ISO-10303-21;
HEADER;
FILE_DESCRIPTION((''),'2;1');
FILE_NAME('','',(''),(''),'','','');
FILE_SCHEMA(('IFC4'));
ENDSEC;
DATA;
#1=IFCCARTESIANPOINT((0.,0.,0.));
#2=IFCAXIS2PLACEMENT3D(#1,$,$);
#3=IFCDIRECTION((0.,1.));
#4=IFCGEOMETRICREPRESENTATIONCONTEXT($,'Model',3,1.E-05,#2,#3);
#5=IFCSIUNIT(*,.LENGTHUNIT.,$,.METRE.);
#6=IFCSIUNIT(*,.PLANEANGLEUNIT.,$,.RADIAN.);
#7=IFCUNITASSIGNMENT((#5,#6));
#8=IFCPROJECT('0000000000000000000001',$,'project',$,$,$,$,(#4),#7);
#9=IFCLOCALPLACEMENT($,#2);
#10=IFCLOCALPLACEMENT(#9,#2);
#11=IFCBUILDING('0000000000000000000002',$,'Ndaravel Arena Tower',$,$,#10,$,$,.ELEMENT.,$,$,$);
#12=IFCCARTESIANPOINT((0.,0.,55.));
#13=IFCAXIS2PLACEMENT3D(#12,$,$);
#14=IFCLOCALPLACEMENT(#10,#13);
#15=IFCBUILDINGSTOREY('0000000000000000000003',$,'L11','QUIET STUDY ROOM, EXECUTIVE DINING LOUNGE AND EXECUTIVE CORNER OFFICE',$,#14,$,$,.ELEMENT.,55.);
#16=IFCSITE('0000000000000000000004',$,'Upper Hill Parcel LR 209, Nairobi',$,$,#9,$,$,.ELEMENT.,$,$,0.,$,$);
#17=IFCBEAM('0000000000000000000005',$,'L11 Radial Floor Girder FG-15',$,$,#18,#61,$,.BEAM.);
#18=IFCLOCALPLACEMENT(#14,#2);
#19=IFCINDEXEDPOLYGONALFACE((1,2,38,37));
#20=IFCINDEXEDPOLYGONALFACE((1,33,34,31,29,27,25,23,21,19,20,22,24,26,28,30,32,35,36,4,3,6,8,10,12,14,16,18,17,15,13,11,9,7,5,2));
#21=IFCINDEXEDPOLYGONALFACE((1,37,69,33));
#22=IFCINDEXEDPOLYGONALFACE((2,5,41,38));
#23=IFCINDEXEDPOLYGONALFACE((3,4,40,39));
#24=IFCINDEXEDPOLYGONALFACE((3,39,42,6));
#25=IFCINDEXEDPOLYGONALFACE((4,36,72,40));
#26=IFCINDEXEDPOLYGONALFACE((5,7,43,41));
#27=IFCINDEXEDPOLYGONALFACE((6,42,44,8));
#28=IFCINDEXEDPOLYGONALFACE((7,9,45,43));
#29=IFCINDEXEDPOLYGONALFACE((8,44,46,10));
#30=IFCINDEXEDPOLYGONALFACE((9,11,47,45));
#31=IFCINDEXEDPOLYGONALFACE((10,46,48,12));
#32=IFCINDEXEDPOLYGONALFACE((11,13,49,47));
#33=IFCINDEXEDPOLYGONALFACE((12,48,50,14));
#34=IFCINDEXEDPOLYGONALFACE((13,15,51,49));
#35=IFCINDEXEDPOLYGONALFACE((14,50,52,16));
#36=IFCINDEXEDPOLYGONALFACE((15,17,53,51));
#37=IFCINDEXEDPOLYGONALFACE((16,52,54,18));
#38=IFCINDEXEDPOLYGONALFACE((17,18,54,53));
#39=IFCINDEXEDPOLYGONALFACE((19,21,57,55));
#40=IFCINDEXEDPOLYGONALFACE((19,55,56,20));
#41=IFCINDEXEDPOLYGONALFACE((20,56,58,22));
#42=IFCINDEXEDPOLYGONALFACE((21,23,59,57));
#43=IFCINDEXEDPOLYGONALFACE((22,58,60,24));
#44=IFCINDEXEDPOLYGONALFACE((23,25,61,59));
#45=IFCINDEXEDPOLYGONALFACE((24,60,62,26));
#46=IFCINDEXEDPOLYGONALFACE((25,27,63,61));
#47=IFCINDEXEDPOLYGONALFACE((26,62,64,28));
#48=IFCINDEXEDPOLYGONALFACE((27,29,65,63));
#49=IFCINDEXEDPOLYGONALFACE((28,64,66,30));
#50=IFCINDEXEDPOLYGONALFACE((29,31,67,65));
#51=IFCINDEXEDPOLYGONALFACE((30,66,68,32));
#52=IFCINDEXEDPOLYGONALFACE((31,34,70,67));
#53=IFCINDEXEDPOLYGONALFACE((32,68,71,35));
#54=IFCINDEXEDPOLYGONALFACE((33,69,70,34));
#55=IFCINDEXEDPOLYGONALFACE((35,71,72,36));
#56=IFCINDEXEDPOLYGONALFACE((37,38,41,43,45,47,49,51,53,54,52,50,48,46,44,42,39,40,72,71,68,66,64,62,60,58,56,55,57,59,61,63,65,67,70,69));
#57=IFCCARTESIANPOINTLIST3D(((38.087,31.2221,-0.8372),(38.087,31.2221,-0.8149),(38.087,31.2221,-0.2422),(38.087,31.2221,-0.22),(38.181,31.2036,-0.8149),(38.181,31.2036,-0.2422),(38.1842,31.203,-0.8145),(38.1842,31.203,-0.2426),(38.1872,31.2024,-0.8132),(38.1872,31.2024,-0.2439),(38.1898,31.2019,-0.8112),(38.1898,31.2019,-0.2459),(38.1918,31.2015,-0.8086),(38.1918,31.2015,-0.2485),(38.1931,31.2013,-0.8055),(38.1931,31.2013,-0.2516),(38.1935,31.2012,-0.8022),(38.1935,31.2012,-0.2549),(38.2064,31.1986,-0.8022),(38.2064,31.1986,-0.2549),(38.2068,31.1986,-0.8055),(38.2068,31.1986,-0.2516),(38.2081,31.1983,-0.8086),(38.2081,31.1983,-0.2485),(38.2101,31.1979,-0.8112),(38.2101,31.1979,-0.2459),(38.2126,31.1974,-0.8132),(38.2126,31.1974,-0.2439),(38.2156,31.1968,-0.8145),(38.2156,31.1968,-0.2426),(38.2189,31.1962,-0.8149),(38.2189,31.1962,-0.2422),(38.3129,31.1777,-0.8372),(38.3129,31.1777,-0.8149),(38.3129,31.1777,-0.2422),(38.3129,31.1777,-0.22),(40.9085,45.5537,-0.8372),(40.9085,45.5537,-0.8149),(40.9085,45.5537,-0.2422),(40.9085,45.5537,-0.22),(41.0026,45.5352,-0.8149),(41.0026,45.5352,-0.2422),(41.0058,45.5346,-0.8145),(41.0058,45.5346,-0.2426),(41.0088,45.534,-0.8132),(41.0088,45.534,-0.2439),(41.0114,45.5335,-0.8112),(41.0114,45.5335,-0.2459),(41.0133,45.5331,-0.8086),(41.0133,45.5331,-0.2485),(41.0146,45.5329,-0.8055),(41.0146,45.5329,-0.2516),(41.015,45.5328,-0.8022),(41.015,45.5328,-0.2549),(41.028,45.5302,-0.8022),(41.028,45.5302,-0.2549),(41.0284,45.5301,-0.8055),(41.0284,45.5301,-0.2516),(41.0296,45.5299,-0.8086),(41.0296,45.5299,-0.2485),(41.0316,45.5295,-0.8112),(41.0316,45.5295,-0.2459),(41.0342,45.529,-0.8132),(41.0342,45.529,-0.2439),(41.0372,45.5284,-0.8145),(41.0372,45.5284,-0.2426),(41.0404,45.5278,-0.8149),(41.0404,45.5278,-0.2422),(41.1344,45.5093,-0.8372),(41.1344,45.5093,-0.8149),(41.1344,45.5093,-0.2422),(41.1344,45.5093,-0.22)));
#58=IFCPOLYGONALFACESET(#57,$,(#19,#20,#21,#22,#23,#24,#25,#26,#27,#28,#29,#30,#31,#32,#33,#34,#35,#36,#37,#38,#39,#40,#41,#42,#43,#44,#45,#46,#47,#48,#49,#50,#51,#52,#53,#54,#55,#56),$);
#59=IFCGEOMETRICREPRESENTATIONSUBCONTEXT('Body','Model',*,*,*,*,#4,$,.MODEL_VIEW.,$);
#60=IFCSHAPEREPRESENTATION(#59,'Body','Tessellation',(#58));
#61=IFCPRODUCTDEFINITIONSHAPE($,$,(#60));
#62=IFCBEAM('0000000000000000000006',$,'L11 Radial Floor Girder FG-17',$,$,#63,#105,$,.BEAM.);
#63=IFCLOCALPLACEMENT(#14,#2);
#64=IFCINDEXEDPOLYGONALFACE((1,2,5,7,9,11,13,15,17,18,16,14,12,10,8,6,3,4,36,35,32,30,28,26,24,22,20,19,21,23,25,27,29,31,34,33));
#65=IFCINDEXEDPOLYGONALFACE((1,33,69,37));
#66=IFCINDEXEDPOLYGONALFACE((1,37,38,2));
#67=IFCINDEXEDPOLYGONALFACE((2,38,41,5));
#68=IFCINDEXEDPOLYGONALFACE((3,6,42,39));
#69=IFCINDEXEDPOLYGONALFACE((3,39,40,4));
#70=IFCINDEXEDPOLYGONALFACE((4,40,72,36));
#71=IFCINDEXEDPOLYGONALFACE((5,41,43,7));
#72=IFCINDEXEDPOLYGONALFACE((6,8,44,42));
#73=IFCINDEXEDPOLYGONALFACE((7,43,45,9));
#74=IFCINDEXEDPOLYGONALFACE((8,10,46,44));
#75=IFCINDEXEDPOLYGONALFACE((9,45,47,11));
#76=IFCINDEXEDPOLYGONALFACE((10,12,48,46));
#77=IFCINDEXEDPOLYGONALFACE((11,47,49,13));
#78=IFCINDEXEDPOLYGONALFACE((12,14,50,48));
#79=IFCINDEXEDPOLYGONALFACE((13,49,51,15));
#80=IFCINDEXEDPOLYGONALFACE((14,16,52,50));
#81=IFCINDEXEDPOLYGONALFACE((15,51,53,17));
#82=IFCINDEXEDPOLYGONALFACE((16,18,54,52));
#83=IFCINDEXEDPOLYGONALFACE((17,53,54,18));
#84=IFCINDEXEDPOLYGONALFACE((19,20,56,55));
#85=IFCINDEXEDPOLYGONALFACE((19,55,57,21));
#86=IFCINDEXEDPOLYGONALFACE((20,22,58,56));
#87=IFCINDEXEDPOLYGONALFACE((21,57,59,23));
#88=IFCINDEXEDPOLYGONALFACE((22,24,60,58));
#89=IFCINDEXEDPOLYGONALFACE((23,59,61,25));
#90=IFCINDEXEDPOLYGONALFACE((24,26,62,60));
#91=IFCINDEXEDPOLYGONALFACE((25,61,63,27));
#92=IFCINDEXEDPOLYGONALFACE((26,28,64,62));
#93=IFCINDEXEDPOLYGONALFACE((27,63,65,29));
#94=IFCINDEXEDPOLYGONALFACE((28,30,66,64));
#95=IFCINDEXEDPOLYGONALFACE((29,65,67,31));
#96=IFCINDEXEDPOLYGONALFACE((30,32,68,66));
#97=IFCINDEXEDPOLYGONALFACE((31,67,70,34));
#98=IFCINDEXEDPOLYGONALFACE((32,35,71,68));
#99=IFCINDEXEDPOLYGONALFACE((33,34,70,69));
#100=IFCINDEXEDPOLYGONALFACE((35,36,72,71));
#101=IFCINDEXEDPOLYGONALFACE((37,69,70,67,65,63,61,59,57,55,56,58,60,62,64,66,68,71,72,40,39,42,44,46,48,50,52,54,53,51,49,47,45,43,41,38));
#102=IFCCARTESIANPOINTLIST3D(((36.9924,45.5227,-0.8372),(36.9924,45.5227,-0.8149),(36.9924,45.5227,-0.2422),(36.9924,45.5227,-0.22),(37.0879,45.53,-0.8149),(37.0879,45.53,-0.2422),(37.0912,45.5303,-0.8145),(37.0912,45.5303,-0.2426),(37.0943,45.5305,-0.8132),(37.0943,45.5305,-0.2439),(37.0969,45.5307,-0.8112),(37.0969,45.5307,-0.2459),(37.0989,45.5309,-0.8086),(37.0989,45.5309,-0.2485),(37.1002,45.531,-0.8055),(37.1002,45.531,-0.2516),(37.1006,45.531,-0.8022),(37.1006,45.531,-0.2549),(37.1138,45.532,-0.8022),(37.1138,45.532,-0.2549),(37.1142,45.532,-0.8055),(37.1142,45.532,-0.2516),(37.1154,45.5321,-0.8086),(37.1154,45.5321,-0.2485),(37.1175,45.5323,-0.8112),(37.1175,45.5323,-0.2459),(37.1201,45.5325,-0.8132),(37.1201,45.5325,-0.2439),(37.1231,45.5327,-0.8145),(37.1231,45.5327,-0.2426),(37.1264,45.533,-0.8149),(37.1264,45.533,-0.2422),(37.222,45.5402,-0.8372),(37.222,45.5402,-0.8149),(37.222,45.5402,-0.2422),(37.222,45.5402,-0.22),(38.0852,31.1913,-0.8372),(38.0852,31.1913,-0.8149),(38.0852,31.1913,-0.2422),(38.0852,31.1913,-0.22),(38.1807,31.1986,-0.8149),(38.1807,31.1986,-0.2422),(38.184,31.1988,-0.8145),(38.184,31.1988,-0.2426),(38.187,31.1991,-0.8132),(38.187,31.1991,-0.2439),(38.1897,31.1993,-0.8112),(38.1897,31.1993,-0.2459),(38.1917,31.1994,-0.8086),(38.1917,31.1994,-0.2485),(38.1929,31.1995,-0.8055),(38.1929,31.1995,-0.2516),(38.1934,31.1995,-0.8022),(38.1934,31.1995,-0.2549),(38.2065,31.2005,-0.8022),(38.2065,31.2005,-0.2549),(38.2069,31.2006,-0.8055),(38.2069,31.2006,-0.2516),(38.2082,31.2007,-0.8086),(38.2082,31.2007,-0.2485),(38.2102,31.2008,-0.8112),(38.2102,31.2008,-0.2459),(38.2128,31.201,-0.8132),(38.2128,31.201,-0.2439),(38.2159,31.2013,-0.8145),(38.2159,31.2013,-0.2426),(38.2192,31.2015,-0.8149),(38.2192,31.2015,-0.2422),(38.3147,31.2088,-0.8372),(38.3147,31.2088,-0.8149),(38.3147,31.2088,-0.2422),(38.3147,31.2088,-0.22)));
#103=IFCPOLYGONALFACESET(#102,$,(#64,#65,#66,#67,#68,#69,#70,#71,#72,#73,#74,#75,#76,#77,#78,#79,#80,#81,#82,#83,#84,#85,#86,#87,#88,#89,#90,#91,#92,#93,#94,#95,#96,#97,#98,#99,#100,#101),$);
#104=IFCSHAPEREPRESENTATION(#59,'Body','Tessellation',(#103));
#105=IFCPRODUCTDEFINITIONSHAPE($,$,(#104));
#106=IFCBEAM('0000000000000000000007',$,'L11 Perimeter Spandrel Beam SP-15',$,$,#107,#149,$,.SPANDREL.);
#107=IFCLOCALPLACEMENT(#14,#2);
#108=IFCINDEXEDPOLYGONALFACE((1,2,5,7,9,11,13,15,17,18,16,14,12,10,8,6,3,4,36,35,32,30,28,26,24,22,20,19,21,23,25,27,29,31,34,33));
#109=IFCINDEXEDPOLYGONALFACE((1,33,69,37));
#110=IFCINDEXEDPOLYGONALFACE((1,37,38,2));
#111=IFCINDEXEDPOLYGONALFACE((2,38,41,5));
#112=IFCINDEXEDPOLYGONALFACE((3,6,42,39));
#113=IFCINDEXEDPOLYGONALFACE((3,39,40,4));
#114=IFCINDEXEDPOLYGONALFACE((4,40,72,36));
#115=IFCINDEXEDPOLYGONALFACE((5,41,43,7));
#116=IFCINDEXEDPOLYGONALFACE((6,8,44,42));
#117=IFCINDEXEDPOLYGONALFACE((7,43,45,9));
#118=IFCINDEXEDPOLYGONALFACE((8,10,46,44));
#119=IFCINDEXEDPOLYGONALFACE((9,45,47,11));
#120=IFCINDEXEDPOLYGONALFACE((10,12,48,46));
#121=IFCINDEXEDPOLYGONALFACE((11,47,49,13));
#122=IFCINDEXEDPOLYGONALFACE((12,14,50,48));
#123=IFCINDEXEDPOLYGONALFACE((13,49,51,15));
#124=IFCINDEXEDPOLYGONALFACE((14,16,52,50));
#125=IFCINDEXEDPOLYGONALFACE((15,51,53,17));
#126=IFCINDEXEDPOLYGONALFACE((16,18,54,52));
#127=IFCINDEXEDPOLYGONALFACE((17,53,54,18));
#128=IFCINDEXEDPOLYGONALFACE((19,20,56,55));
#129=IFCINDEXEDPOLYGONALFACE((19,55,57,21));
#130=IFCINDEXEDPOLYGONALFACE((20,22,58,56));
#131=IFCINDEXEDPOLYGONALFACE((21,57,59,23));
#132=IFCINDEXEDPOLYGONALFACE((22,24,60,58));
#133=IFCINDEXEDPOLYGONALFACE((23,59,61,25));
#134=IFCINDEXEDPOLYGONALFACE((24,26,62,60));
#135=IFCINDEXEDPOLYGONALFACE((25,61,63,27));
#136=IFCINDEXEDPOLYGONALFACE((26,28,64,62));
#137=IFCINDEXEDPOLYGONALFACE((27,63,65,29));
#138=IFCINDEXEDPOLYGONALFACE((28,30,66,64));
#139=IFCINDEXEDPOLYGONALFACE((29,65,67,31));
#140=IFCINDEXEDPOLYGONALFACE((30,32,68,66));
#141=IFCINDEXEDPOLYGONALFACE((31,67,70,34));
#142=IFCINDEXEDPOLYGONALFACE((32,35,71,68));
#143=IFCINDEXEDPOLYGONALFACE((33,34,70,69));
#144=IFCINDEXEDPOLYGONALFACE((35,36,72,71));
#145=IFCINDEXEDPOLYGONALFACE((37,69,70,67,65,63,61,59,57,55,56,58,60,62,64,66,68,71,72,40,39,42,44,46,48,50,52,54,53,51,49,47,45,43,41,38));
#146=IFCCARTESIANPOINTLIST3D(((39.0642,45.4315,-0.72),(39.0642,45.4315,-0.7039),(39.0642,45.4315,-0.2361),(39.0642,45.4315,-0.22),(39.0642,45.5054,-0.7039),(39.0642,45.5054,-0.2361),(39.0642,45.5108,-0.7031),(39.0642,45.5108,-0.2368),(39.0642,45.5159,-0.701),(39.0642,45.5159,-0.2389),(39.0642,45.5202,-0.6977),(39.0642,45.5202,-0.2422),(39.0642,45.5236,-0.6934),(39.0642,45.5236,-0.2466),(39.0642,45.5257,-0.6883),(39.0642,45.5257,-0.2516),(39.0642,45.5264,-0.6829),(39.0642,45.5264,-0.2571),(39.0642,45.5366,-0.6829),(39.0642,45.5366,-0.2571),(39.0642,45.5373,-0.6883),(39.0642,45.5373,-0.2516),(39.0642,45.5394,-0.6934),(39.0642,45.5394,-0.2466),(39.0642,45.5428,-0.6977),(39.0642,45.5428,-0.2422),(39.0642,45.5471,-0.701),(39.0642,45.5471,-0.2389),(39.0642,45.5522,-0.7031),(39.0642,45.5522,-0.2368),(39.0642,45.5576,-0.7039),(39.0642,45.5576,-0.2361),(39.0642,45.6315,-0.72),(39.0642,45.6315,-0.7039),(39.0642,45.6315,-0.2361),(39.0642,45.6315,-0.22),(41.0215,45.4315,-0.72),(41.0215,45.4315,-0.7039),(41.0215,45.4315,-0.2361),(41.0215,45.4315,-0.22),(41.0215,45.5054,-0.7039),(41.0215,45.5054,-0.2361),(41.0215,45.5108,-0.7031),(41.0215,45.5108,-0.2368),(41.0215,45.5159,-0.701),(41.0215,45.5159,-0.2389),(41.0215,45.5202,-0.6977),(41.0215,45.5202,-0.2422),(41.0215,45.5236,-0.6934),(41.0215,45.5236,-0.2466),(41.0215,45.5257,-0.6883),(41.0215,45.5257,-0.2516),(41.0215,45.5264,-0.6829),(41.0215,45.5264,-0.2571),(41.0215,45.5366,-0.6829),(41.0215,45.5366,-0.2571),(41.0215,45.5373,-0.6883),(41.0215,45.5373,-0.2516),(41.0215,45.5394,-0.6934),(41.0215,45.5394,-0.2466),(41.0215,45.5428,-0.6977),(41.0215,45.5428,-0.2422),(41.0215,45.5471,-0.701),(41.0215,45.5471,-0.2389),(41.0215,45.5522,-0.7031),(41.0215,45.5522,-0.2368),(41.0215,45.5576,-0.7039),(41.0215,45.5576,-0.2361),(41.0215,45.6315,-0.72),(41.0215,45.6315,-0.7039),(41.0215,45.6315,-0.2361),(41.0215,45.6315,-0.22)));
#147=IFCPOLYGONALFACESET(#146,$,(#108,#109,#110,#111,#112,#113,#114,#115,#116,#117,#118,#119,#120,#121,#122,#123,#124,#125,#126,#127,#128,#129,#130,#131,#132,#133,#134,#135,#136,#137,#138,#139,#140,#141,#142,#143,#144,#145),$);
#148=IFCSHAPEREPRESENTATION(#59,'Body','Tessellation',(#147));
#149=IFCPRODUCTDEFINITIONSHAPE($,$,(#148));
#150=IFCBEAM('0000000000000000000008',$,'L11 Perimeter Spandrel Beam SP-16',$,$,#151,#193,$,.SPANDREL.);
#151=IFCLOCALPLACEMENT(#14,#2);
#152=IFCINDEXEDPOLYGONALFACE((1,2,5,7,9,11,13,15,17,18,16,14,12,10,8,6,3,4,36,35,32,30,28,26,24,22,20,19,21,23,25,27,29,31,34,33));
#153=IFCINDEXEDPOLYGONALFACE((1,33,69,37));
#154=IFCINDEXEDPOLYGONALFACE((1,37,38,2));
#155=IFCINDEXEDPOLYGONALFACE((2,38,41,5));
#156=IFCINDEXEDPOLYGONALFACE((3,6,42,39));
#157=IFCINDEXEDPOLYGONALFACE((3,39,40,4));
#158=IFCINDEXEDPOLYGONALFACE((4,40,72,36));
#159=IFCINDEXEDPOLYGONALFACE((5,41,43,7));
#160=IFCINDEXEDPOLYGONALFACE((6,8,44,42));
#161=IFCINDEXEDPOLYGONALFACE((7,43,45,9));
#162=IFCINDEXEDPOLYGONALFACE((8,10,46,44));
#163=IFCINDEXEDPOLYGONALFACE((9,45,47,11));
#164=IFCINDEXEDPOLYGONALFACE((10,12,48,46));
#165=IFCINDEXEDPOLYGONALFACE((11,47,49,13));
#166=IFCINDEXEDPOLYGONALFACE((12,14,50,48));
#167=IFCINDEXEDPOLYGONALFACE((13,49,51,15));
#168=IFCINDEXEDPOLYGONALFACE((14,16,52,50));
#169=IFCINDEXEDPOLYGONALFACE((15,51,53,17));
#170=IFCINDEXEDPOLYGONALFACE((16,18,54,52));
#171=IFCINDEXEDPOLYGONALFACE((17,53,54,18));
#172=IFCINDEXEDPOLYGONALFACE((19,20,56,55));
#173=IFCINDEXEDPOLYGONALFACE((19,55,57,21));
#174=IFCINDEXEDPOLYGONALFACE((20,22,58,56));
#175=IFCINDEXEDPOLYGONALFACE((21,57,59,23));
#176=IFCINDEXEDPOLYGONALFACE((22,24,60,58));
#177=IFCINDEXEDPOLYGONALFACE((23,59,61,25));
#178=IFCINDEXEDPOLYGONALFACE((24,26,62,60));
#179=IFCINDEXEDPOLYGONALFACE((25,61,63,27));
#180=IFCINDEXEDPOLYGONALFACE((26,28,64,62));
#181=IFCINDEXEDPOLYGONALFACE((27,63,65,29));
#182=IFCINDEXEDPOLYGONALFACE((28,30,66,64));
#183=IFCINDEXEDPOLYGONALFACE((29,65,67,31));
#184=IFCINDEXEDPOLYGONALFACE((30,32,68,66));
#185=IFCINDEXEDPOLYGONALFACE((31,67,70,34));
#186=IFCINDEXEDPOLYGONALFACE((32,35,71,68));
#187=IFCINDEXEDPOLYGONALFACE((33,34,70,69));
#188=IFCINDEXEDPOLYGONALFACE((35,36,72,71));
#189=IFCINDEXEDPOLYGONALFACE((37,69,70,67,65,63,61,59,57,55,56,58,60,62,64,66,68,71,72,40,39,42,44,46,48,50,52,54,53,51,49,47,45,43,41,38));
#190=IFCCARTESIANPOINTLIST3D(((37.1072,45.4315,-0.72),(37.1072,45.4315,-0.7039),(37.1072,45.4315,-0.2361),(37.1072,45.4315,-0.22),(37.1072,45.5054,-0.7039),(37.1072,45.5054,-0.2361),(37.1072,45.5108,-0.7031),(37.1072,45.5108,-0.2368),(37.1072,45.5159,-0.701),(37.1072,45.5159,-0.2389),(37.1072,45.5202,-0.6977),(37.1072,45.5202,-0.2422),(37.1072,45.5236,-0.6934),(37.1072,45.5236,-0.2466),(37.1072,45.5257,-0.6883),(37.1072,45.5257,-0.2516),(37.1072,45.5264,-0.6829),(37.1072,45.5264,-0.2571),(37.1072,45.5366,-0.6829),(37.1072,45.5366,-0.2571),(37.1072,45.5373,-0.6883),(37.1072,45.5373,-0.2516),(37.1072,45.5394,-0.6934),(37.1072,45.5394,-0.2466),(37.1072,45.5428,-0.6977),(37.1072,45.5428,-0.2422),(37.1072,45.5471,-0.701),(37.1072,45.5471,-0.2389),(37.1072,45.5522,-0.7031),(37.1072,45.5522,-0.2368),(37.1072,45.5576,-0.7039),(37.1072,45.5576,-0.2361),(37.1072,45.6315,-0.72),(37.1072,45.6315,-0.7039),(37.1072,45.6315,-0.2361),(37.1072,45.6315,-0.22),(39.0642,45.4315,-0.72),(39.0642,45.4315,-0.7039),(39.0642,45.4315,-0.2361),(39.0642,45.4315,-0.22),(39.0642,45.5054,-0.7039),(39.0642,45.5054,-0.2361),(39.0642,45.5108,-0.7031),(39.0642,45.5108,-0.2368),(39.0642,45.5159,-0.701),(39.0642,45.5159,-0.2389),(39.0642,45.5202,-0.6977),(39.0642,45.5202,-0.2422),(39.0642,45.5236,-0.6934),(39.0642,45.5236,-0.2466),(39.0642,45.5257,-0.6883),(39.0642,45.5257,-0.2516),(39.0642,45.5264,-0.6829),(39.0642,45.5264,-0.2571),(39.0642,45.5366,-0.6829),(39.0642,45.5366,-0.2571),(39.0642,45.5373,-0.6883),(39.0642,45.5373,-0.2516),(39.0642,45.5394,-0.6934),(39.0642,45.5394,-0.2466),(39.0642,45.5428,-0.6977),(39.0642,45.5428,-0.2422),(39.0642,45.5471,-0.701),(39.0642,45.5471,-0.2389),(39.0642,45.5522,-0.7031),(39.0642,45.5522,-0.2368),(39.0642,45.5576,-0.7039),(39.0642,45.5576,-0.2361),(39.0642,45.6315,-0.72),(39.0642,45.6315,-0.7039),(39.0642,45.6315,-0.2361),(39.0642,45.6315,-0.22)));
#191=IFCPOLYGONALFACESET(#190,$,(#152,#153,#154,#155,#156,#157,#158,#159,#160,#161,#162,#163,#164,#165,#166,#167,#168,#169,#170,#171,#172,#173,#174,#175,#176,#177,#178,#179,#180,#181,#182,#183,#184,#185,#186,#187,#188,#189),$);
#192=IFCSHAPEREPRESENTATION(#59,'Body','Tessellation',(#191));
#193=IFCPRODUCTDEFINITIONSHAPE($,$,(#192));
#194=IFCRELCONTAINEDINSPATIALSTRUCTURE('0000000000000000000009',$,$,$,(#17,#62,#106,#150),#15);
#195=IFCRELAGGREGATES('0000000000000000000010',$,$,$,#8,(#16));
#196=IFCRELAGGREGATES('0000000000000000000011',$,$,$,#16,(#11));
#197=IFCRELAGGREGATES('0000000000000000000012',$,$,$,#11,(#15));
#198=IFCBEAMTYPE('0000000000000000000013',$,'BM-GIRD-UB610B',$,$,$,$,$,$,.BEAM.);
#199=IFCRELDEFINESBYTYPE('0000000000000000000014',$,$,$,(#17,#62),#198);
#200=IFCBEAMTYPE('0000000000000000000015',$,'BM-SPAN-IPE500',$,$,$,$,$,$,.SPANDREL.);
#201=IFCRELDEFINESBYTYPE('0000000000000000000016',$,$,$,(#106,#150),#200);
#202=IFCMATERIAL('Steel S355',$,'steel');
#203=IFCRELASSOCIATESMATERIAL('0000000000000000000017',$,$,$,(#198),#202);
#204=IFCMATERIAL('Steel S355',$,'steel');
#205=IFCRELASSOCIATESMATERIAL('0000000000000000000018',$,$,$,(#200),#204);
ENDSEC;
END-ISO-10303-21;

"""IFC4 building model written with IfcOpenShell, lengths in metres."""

from ifc_helpers import new_model, si_unit, direction, frame, origin, origin_2d, place, context, subcontext, project, spatial, i_section, extrude, material, material_profile, profile_set, type_object, element, save


model = new_model("IFC4")

# Units and contexts
model_context = context("Model", 3, precision=1e-05, world=origin(), true_north=direction((0.0, 1.0)))
body_context = subcontext(model_context, "Body", "Model", "MODEL_VIEW")
ifc_project = project(units=[si_unit("LENGTHUNIT", "METRE"), si_unit("PLANEANGLEUNIT", "RADIAN")], contexts=[model_context])

# Site, building, storey
site_placement = place(None, origin())
site = spatial("IfcSite", under=ifc_project, at=site_placement, Name="Upper Hill Parcel LR 209, Nairobi", CompositionType="ELEMENT", RefElevation=0.0)
building_placement = place(site_placement, origin())
building = spatial("IfcBuilding", under=site, at=building_placement, Name="Ndaravel Arena Tower", CompositionType="ELEMENT")
storey_placement = place(building_placement, frame((0.0, 0.0, 55.0)))
storey = spatial("IfcBuildingStorey", under=building, at=storey_placement, Name="L11", Description="QUIET STUDY ROOM, EXECUTIVE DINING LOUNGE AND EXECUTIVE CORNER OFFICE", CompositionType="ELEMENT", Elevation=55.0)

# Beams
ifc_material_1 = material(Name="Steel S355", Category="steel")
ifc_material_profile_1 = material_profile(ifc_material_1, i_section(OverallWidth=0.2302, OverallDepth=0.6172, WebThickness=0.0132, FlangeThickness=0.0222, FilletRadius=0.0127, at=origin_2d()), Name="UB 610x229x140")
ifc_profile_set_1 = profile_set([ifc_material_profile_1], Name="Steel S355")
beam_type_1 = type_object("IfcBeamType", Name="BM-GIRD-UB610B", PredefinedType="BEAM", material=ifc_profile_set_1)
beam_1_placement = place(storey_placement, frame((41.0215, 45.5315, -0.5286), z_axis=(-0.193168, -0.981166, 0.0), x_axis=(0.981166, -0.193168, 0.0)))
element("IfcBeam", 1, at=beam_1_placement, inside=storey, type_object=beam_type_1, Name="L11 Radial Floor Girder FG-15", PredefinedType="BEAM", context=body_context, shape_type="SweptSolid", body=[
    extrude(i_section(OverallWidth=0.2302, OverallDepth=0.6172, WebThickness=0.0132, FlangeThickness=0.0222, FilletRadius=0.0127, at=origin_2d()), origin(), (0.0, 0.0, 1.0), 14.6067),
])
beam_2_placement = place(storey_placement, frame((37.1072, 45.5315, -0.5286), z_axis=(0.076029, -0.997106, 0.0), x_axis=(0.997106, 0.076029, 0.0)))
element("IfcBeam", 2, at=beam_2_placement, inside=storey, type_object=beam_type_1, Name="L11 Radial Floor Girder FG-17", PredefinedType="BEAM", context=body_context, shape_type="SweptSolid", body=[
    extrude(i_section(OverallWidth=0.2302, OverallDepth=0.6172, WebThickness=0.0132, FlangeThickness=0.0222, FilletRadius=0.0127, at=origin_2d()), origin(), (0.0, 0.0, 1.0), 14.373),
])
ifc_material_2 = material(Name="Steel S355", Category="steel")
ifc_material_profile_2 = material_profile(ifc_material_2, i_section(OverallWidth=0.2, OverallDepth=0.5, WebThickness=0.0103, FlangeThickness=0.0161, FilletRadius=0.021, at=origin_2d()), Name="IPE 500")
ifc_profile_set_2 = profile_set([ifc_material_profile_2], Name="Steel S355")
beam_type_2 = type_object("IfcBeamType", Name="BM-SPAN-IPE500", PredefinedType="SPANDREL", material=ifc_profile_set_2)
beam_3_placement = place(storey_placement, frame((41.0215, 45.5315, -0.47), z_axis=(-1.0, 0.0, 0.0), x_axis=(0.0, -1.0, 0.0)))
element("IfcBeam", 3, at=beam_3_placement, inside=storey, type_object=beam_type_2, Name="L11 Perimeter Spandrel Beam SP-15", PredefinedType="SPANDREL", context=body_context, shape_type="SweptSolid", body=[
    extrude(i_section(OverallWidth=0.2, OverallDepth=0.5, WebThickness=0.0103, FlangeThickness=0.0161, FilletRadius=0.021, at=origin_2d()), origin(), (0.0, 0.0, 1.0), 1.9573),
])
beam_4_placement = place(storey_placement, frame((39.0642, 45.5315, -0.47), z_axis=(-1.0, 0.0, 0.0), x_axis=(0.0, -1.0, 0.0)))
element("IfcBeam", 4, at=beam_4_placement, inside=storey, type_object=beam_type_2, Name="L11 Perimeter Spandrel Beam SP-16", PredefinedType="SPANDREL", context=body_context, shape_type="SweptSolid", body=[
    extrude(i_section(OverallWidth=0.2, OverallDepth=0.5, WebThickness=0.0103, FlangeThickness=0.0161, FilletRadius=0.021, at=origin_2d()), origin(), (0.0, 0.0, 1.0), 1.957),
])

save(model, "model.ifc")
